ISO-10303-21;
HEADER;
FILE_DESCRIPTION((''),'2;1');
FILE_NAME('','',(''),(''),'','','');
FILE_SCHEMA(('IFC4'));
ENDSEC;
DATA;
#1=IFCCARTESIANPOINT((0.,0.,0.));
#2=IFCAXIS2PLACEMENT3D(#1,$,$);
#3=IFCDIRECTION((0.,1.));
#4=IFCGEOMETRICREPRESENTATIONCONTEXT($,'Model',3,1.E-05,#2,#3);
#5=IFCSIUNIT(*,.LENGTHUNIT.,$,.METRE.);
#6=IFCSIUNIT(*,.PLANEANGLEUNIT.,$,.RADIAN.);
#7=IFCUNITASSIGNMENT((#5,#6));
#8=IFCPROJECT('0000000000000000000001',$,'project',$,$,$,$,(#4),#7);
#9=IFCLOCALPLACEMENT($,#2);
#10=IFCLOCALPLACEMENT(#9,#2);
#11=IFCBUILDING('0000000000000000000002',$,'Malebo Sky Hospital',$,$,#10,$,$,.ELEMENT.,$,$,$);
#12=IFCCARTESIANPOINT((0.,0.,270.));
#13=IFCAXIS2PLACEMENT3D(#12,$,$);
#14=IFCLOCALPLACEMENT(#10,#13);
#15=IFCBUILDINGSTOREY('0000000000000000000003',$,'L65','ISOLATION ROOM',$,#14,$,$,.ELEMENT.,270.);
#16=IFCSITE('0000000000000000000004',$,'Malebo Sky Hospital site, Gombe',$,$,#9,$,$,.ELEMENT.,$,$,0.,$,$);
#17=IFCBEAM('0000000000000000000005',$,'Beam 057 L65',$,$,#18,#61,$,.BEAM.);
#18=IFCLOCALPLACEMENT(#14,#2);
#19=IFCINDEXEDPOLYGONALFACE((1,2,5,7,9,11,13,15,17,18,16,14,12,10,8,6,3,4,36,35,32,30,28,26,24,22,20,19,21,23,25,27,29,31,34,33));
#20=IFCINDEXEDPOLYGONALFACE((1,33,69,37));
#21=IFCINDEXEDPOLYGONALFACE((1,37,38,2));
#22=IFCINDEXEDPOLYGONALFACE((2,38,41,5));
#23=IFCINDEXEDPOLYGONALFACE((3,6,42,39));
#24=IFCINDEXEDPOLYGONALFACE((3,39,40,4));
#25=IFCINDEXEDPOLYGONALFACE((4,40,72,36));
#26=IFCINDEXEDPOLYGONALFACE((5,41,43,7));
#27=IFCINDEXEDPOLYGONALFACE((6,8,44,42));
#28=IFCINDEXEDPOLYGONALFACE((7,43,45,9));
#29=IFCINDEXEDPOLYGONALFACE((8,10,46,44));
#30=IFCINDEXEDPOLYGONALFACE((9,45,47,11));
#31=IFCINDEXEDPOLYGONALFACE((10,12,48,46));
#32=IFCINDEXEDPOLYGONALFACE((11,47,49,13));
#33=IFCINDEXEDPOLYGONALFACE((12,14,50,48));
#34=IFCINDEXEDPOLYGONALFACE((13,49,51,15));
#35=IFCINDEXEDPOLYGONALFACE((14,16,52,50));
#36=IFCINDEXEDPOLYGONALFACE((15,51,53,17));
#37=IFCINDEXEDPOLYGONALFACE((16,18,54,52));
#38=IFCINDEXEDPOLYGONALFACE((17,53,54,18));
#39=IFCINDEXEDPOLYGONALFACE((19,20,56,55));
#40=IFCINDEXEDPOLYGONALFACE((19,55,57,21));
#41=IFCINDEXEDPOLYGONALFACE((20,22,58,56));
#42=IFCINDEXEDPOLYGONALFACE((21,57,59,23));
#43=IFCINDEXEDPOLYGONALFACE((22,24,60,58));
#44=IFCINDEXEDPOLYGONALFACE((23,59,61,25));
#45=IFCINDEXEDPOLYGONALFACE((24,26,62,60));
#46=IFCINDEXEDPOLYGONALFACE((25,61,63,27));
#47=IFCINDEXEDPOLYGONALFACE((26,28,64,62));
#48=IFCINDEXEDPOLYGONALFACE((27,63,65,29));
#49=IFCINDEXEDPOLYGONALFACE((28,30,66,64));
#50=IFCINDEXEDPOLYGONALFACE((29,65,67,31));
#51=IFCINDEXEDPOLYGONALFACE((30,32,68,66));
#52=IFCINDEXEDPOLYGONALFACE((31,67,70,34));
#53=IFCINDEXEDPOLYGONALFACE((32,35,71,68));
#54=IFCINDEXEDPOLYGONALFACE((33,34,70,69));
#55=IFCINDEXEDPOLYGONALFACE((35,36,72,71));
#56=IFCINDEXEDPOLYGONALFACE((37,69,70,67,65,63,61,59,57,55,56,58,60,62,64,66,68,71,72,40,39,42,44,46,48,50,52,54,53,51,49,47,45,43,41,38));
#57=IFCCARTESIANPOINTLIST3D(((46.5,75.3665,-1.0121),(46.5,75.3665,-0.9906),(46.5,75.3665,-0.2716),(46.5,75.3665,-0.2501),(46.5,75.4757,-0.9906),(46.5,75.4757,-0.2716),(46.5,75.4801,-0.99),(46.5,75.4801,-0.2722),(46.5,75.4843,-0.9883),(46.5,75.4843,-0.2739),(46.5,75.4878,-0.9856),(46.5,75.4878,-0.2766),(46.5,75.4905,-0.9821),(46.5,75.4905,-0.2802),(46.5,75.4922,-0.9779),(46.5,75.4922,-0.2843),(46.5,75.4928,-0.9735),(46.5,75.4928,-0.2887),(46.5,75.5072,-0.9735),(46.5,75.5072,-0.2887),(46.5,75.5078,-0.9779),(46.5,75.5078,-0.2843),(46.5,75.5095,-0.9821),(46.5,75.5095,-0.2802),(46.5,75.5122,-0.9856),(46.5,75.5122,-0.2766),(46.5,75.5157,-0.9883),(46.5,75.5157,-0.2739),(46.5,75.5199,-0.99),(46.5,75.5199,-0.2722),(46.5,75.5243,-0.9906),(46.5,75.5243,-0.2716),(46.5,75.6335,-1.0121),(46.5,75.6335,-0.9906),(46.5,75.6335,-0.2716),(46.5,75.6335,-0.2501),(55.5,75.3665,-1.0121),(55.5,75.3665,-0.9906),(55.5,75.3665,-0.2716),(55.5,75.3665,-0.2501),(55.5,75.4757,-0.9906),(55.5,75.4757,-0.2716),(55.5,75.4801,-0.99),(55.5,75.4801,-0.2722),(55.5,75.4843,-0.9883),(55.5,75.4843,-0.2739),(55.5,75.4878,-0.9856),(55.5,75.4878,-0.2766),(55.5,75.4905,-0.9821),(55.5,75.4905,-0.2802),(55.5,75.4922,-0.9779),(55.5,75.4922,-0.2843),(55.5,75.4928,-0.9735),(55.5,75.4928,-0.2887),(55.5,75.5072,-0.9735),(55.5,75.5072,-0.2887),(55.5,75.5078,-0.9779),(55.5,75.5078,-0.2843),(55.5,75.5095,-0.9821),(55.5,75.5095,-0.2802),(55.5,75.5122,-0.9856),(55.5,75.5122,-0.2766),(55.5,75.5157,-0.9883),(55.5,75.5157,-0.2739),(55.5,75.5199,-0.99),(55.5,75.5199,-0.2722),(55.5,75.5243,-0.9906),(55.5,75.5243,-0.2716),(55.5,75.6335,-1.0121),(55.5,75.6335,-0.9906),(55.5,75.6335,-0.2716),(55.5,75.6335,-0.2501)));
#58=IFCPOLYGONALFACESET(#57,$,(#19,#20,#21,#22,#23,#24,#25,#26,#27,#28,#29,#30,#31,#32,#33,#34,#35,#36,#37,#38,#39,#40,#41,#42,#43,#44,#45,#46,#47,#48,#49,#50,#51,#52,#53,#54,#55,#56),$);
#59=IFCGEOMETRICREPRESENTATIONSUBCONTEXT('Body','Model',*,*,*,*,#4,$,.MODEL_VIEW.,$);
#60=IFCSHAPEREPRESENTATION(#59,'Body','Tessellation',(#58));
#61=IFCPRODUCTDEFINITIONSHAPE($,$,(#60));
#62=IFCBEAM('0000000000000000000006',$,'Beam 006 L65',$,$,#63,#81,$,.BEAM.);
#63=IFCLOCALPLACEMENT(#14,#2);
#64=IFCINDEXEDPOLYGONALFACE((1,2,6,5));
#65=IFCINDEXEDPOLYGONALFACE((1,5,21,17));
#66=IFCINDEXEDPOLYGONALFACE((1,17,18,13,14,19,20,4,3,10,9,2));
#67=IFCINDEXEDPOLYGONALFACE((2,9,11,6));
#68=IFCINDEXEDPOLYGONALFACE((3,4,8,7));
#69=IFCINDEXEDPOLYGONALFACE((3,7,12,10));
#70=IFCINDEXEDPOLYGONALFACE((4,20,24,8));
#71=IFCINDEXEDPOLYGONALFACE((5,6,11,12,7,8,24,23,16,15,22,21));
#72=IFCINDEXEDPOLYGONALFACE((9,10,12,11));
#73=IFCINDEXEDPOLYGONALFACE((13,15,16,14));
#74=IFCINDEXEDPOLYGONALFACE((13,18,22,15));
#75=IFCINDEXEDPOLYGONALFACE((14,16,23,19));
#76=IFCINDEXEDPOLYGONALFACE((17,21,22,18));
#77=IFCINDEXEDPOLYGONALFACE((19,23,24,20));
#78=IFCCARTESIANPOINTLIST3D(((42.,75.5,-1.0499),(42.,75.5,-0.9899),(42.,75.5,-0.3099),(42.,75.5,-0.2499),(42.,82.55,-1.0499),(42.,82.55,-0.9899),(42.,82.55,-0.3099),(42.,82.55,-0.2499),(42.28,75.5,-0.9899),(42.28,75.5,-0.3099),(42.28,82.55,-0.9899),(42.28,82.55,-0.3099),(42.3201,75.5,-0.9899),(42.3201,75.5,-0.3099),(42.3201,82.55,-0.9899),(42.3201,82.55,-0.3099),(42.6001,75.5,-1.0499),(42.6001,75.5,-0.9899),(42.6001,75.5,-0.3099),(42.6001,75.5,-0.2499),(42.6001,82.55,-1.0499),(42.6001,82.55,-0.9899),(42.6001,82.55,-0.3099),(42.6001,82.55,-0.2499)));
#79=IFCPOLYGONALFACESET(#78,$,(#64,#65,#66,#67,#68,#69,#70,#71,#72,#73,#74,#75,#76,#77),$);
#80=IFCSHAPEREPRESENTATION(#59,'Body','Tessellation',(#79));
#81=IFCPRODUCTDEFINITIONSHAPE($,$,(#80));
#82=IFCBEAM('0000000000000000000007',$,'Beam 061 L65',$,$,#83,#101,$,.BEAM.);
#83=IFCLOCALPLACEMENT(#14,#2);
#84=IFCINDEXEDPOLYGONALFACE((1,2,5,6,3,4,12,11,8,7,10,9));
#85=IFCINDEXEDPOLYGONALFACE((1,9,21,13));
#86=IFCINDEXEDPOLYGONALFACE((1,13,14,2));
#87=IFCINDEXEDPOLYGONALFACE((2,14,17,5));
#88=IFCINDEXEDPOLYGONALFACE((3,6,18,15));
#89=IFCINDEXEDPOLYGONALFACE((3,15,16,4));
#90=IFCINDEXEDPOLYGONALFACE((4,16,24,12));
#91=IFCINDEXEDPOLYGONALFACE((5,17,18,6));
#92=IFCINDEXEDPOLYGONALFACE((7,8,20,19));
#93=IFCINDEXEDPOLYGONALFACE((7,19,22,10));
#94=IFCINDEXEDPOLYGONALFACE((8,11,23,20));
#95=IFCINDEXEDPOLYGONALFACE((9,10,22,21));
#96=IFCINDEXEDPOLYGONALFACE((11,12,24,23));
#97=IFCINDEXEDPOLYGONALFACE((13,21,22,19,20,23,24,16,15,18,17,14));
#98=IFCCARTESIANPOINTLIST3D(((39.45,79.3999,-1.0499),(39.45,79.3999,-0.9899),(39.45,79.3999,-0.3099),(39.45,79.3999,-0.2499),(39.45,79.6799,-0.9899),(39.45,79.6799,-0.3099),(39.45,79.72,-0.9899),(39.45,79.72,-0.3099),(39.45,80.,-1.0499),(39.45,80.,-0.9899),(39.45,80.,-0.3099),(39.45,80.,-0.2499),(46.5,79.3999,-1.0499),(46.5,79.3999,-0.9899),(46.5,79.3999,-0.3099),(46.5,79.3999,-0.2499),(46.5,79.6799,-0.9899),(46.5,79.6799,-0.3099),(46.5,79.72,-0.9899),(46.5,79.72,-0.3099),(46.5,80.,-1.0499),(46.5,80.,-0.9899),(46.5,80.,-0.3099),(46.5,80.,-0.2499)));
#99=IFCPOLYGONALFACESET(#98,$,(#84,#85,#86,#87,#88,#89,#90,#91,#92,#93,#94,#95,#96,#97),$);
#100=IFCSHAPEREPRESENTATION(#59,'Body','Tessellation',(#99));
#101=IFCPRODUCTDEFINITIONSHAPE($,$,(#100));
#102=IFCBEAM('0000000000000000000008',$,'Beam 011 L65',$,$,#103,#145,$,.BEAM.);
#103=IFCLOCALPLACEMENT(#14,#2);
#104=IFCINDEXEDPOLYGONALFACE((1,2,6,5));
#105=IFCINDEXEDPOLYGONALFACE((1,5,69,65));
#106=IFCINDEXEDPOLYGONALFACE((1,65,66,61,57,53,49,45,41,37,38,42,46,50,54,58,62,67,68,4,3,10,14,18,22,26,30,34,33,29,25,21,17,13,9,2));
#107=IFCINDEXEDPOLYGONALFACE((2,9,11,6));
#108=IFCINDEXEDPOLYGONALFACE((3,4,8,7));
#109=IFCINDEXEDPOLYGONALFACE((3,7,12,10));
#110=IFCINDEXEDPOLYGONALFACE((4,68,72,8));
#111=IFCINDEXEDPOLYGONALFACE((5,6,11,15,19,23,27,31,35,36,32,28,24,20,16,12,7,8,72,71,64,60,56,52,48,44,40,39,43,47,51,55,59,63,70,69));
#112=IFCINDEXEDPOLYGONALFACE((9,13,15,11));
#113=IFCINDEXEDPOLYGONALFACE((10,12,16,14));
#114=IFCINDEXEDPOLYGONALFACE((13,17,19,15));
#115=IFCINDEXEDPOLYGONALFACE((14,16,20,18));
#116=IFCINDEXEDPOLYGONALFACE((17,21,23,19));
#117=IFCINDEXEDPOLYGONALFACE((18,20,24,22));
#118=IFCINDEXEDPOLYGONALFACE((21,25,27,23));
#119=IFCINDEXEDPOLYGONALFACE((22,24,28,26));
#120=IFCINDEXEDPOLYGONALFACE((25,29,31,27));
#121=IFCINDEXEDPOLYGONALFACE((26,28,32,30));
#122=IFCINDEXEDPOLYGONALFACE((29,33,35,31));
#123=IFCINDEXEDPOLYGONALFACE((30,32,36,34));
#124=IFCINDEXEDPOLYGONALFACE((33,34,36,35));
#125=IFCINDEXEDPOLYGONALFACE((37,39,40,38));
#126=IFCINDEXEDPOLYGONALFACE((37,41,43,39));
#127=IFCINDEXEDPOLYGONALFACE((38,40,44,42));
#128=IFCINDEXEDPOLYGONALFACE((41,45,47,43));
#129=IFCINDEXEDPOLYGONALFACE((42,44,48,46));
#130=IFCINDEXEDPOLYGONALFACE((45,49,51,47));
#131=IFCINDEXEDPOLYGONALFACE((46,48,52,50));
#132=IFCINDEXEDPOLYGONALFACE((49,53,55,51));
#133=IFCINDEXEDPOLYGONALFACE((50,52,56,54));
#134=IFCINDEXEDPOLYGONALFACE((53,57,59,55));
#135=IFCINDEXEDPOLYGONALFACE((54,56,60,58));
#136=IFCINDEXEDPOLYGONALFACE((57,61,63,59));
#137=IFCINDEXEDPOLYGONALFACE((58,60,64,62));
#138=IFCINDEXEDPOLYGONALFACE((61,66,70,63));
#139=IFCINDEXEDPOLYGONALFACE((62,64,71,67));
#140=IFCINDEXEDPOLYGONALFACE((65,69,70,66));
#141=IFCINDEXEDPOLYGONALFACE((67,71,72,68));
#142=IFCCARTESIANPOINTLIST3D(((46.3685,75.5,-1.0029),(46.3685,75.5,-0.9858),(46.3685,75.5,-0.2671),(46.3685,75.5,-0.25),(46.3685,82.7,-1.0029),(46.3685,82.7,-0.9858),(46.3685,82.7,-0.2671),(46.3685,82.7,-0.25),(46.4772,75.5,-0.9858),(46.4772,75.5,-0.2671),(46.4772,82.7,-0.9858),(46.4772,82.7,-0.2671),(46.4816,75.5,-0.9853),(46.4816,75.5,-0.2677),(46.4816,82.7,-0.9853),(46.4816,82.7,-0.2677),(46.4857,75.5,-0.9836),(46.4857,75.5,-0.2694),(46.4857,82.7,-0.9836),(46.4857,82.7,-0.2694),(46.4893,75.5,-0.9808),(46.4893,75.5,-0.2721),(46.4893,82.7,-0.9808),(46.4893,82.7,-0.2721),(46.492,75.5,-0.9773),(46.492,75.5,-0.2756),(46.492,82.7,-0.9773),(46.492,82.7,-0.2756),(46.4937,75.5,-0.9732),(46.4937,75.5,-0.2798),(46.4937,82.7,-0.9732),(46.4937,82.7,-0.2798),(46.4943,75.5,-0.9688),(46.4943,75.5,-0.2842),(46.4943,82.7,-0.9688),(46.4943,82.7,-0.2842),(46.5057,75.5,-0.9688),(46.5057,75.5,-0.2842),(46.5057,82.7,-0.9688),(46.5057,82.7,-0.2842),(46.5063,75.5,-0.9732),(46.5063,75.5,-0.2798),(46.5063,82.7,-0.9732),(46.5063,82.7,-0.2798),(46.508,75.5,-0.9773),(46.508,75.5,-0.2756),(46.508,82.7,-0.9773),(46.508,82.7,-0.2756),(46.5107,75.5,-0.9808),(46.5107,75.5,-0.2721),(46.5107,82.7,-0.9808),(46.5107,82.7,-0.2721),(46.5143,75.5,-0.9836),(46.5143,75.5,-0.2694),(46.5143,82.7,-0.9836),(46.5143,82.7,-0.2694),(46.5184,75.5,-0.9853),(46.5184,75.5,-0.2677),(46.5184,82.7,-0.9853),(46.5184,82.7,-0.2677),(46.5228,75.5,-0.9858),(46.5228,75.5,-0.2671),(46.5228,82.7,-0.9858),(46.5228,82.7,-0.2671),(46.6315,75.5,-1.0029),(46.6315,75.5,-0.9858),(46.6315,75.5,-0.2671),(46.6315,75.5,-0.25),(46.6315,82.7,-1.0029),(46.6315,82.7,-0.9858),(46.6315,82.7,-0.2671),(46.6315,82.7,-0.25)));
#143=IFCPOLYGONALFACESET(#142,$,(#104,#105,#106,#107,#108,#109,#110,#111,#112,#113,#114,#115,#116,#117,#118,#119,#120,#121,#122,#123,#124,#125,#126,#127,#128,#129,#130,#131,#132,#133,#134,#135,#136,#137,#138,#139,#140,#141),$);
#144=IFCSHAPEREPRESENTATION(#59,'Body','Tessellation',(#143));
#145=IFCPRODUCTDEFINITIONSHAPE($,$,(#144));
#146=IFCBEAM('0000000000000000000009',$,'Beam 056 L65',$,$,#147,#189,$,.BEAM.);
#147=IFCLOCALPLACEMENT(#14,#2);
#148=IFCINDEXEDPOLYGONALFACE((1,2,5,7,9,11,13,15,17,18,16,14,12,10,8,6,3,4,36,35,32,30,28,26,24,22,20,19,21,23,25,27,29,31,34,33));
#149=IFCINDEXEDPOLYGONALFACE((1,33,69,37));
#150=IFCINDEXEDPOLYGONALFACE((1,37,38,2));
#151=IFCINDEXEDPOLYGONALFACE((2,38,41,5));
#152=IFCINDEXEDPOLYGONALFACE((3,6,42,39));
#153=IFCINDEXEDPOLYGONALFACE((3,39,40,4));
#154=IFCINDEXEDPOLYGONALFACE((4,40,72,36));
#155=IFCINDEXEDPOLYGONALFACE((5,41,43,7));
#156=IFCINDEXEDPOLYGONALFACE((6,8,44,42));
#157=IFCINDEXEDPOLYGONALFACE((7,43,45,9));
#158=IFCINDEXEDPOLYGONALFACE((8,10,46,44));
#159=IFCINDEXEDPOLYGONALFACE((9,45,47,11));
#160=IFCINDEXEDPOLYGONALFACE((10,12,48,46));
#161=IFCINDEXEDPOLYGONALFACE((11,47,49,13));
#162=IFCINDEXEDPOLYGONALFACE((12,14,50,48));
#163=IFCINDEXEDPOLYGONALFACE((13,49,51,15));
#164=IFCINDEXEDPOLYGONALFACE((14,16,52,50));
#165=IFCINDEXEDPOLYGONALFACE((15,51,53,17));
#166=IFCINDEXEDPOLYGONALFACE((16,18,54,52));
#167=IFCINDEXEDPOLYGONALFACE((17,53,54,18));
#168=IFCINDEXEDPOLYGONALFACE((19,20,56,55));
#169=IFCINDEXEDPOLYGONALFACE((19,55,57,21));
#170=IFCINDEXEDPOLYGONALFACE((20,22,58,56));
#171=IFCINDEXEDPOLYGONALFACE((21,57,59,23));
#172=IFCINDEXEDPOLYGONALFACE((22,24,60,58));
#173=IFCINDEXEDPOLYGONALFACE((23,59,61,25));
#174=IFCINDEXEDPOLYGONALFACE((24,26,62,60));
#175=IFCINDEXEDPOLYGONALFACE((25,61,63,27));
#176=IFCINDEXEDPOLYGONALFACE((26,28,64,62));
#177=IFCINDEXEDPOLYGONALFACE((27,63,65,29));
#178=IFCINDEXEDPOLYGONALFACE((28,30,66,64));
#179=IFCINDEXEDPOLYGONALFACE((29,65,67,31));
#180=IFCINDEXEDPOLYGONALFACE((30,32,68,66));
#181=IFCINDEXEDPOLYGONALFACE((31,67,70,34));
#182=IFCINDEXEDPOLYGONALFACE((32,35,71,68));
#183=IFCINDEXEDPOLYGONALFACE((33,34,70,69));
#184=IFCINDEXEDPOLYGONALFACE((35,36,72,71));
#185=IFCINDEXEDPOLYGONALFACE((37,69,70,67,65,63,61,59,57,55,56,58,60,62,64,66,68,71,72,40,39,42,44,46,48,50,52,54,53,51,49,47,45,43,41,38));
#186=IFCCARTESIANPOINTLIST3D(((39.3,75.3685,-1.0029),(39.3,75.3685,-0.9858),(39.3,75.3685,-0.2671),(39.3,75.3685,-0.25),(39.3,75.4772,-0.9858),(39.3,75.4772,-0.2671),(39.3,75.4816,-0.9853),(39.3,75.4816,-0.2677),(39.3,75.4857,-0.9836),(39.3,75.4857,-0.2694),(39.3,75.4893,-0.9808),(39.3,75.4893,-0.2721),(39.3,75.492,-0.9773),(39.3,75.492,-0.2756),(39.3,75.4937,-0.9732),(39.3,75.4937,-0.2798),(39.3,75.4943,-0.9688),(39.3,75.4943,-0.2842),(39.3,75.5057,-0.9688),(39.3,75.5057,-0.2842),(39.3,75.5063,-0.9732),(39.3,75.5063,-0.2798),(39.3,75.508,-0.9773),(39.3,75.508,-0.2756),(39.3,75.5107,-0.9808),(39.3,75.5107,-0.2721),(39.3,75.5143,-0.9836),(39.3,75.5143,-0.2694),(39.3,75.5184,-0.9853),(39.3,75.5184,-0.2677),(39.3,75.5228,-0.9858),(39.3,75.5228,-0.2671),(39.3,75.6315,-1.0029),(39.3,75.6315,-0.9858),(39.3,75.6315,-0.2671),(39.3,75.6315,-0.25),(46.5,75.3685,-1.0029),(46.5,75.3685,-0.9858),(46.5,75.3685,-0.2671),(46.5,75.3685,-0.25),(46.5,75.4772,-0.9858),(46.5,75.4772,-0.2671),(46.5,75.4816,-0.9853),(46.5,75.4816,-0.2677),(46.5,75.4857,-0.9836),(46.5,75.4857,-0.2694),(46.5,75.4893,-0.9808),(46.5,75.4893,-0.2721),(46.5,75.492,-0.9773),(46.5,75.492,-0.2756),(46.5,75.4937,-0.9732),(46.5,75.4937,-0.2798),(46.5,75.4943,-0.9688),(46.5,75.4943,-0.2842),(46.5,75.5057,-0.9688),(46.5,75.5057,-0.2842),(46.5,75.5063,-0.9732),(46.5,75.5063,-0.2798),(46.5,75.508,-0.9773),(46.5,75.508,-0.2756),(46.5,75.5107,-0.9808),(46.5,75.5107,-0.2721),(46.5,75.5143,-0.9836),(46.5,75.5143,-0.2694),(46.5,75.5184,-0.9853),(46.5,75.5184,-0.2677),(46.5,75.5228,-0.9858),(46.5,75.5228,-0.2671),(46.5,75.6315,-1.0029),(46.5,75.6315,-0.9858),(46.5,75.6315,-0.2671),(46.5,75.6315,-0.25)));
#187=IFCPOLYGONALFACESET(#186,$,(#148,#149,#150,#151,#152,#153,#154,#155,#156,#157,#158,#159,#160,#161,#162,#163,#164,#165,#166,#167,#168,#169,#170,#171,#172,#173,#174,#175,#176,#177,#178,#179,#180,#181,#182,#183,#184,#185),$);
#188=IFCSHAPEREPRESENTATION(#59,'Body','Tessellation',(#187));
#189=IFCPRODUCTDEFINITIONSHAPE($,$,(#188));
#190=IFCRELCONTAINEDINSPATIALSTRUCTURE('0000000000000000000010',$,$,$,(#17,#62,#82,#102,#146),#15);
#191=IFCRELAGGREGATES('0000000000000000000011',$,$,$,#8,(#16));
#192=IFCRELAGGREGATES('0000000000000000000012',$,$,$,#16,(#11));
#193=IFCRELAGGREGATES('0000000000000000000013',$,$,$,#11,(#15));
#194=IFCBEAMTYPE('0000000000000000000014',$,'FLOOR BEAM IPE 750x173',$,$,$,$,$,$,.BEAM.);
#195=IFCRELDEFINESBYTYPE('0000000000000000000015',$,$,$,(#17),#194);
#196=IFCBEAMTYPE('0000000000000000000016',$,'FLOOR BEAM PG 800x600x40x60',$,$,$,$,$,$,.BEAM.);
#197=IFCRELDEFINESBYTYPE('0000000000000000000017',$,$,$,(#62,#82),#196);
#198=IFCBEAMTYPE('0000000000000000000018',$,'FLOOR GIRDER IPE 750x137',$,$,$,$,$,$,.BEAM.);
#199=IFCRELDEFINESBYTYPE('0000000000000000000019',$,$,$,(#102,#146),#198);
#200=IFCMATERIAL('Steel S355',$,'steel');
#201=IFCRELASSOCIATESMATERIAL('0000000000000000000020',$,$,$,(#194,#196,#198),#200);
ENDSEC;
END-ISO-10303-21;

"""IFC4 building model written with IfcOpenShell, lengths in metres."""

from ifc_helpers import new_model, si_unit, direction, frame, origin, origin_2d, place, context, subcontext, project, spatial, i_section, extrude, material, material_profile, profile_set, type_object, element, save


model = new_model("IFC4")

# Units and contexts
model_context = context("Model", 3, precision=1e-05, world=origin(), true_north=direction((0.0, 1.0)))
body_context = subcontext(model_context, "Body", "Model", "MODEL_VIEW")
ifc_project = project(units=[si_unit("LENGTHUNIT", "METRE"), si_unit("PLANEANGLEUNIT", "RADIAN")], contexts=[model_context])

# Site, building, storey
site_placement = place(None, origin())
site = spatial("IfcSite", under=ifc_project, at=site_placement, Name="Malebo Sky Hospital site, Gombe", CompositionType="ELEMENT", RefElevation=0.0)
building_placement = place(site_placement, origin())
building = spatial("IfcBuilding", under=site, at=building_placement, Name="Malebo Sky Hospital", CompositionType="ELEMENT")
storey_placement = place(building_placement, frame((0.0, 0.0, 270.0)))
storey = spatial("IfcBuildingStorey", under=building, at=storey_placement, Name="L65", Description="ISOLATION ROOM", CompositionType="ELEMENT", Elevation=270.0)

# Beams
ifc_material_1 = material(Name="Steel S355", Category="steel")
ifc_material_profile_1 = material_profile(ifc_material_1, i_section(OverallWidth=0.2671, OverallDepth=0.762, WebThickness=0.0144, FlangeThickness=0.0215, FilletRadius=0.0171, at=origin_2d()), Name="IPE 750x173")
ifc_profile_set_1 = profile_set([ifc_material_profile_1], Name="Steel S355")
beam_type_1 = type_object("IfcBeamType", Name="FLOOR BEAM IPE 750x173", PredefinedType="BEAM", material=ifc_profile_set_1)
beam_1_placement = place(storey_placement, frame((46.5, 75.5, -0.6311), z_axis=(1.0, 0.0, 0.0), x_axis=(0.0, 1.0, 0.0)))
element("IfcBeam", 1, at=beam_1_placement, inside=storey, type_object=beam_type_1, Name="Beam 057 L65", PredefinedType="BEAM", context=body_context, shape_type="SweptSolid", body=[
    extrude(i_section(OverallWidth=0.2671, OverallDepth=0.762, WebThickness=0.0144, FlangeThickness=0.0215, FilletRadius=0.0171, at=origin_2d()), origin(), (0.0, 0.0, 1.0), 9.0),
])
ifc_material_profile_2 = material_profile(ifc_material_1, i_section(OverallWidth=0.6001, OverallDepth=0.8, WebThickness=0.04, FlangeThickness=0.0601, at=origin_2d()), Name="PG 800x600x40x60")
ifc_profile_set_2 = profile_set([ifc_material_profile_2], Name="Steel S355")
beam_type_2 = type_object("IfcBeamType", Name="FLOOR BEAM PG 800x600x40x60", PredefinedType="BEAM", material=ifc_profile_set_2)
for number, where, z_axis, x_axis, name in (
    (2, (42.3, 75.5, -0.6499), (0.0, 1.0, 0.0), (-1.0, 0.0, 0.0), "Beam 006 L65"),
    (3, (39.45, 79.7, -0.6499), (1.0, 0.0, 0.0), (0.0, 1.0, 0.0), "Beam 061 L65"),
):
    element("IfcBeam", number, at=place(storey_placement, frame(where, z_axis=z_axis, x_axis=x_axis)), inside=storey, type_object=beam_type_2, Name=name, PredefinedType="BEAM", context=body_context, shape_type="SweptSolid", body=[
        extrude(i_section(OverallWidth=0.6001, OverallDepth=0.8, WebThickness=0.04, FlangeThickness=0.0601, at=origin_2d()), origin(), (0.0, 0.0, 1.0), 7.05),
    ])
ifc_material_profile_3 = material_profile(ifc_material_1, i_section(OverallWidth=0.2629, OverallDepth=0.7529, WebThickness=0.0115, FlangeThickness=0.0171, FilletRadius=0.0171, at=origin_2d()), Name="IPE 750x137")
ifc_profile_set_3 = profile_set([ifc_material_profile_3], Name="Steel S355")
beam_type_3 = type_object("IfcBeamType", Name="FLOOR GIRDER IPE 750x137", PredefinedType="BEAM", material=ifc_profile_set_3)
for number, where, z_axis, x_axis, name in (
    (4, (46.5, 75.5, -0.6265), (0.0, 1.0, 0.0), (-1.0, 0.0, 0.0), "Beam 011 L65"),
    (5, (39.3, 75.5, -0.6265), (1.0, 0.0, 0.0), (0.0, 1.0, 0.0), "Beam 056 L65"),
):
    element("IfcBeam", number, at=place(storey_placement, frame(where, z_axis=z_axis, x_axis=x_axis)), inside=storey, type_object=beam_type_3, Name=name, PredefinedType="BEAM", context=body_context, shape_type="SweptSolid", body=[
        extrude(i_section(OverallWidth=0.2629, OverallDepth=0.7529, WebThickness=0.0115, FlangeThickness=0.0171, FilletRadius=0.0171, at=origin_2d()), origin(), (0.0, 0.0, 1.0), 7.2),
    ])

save(model, "model.ifc")
